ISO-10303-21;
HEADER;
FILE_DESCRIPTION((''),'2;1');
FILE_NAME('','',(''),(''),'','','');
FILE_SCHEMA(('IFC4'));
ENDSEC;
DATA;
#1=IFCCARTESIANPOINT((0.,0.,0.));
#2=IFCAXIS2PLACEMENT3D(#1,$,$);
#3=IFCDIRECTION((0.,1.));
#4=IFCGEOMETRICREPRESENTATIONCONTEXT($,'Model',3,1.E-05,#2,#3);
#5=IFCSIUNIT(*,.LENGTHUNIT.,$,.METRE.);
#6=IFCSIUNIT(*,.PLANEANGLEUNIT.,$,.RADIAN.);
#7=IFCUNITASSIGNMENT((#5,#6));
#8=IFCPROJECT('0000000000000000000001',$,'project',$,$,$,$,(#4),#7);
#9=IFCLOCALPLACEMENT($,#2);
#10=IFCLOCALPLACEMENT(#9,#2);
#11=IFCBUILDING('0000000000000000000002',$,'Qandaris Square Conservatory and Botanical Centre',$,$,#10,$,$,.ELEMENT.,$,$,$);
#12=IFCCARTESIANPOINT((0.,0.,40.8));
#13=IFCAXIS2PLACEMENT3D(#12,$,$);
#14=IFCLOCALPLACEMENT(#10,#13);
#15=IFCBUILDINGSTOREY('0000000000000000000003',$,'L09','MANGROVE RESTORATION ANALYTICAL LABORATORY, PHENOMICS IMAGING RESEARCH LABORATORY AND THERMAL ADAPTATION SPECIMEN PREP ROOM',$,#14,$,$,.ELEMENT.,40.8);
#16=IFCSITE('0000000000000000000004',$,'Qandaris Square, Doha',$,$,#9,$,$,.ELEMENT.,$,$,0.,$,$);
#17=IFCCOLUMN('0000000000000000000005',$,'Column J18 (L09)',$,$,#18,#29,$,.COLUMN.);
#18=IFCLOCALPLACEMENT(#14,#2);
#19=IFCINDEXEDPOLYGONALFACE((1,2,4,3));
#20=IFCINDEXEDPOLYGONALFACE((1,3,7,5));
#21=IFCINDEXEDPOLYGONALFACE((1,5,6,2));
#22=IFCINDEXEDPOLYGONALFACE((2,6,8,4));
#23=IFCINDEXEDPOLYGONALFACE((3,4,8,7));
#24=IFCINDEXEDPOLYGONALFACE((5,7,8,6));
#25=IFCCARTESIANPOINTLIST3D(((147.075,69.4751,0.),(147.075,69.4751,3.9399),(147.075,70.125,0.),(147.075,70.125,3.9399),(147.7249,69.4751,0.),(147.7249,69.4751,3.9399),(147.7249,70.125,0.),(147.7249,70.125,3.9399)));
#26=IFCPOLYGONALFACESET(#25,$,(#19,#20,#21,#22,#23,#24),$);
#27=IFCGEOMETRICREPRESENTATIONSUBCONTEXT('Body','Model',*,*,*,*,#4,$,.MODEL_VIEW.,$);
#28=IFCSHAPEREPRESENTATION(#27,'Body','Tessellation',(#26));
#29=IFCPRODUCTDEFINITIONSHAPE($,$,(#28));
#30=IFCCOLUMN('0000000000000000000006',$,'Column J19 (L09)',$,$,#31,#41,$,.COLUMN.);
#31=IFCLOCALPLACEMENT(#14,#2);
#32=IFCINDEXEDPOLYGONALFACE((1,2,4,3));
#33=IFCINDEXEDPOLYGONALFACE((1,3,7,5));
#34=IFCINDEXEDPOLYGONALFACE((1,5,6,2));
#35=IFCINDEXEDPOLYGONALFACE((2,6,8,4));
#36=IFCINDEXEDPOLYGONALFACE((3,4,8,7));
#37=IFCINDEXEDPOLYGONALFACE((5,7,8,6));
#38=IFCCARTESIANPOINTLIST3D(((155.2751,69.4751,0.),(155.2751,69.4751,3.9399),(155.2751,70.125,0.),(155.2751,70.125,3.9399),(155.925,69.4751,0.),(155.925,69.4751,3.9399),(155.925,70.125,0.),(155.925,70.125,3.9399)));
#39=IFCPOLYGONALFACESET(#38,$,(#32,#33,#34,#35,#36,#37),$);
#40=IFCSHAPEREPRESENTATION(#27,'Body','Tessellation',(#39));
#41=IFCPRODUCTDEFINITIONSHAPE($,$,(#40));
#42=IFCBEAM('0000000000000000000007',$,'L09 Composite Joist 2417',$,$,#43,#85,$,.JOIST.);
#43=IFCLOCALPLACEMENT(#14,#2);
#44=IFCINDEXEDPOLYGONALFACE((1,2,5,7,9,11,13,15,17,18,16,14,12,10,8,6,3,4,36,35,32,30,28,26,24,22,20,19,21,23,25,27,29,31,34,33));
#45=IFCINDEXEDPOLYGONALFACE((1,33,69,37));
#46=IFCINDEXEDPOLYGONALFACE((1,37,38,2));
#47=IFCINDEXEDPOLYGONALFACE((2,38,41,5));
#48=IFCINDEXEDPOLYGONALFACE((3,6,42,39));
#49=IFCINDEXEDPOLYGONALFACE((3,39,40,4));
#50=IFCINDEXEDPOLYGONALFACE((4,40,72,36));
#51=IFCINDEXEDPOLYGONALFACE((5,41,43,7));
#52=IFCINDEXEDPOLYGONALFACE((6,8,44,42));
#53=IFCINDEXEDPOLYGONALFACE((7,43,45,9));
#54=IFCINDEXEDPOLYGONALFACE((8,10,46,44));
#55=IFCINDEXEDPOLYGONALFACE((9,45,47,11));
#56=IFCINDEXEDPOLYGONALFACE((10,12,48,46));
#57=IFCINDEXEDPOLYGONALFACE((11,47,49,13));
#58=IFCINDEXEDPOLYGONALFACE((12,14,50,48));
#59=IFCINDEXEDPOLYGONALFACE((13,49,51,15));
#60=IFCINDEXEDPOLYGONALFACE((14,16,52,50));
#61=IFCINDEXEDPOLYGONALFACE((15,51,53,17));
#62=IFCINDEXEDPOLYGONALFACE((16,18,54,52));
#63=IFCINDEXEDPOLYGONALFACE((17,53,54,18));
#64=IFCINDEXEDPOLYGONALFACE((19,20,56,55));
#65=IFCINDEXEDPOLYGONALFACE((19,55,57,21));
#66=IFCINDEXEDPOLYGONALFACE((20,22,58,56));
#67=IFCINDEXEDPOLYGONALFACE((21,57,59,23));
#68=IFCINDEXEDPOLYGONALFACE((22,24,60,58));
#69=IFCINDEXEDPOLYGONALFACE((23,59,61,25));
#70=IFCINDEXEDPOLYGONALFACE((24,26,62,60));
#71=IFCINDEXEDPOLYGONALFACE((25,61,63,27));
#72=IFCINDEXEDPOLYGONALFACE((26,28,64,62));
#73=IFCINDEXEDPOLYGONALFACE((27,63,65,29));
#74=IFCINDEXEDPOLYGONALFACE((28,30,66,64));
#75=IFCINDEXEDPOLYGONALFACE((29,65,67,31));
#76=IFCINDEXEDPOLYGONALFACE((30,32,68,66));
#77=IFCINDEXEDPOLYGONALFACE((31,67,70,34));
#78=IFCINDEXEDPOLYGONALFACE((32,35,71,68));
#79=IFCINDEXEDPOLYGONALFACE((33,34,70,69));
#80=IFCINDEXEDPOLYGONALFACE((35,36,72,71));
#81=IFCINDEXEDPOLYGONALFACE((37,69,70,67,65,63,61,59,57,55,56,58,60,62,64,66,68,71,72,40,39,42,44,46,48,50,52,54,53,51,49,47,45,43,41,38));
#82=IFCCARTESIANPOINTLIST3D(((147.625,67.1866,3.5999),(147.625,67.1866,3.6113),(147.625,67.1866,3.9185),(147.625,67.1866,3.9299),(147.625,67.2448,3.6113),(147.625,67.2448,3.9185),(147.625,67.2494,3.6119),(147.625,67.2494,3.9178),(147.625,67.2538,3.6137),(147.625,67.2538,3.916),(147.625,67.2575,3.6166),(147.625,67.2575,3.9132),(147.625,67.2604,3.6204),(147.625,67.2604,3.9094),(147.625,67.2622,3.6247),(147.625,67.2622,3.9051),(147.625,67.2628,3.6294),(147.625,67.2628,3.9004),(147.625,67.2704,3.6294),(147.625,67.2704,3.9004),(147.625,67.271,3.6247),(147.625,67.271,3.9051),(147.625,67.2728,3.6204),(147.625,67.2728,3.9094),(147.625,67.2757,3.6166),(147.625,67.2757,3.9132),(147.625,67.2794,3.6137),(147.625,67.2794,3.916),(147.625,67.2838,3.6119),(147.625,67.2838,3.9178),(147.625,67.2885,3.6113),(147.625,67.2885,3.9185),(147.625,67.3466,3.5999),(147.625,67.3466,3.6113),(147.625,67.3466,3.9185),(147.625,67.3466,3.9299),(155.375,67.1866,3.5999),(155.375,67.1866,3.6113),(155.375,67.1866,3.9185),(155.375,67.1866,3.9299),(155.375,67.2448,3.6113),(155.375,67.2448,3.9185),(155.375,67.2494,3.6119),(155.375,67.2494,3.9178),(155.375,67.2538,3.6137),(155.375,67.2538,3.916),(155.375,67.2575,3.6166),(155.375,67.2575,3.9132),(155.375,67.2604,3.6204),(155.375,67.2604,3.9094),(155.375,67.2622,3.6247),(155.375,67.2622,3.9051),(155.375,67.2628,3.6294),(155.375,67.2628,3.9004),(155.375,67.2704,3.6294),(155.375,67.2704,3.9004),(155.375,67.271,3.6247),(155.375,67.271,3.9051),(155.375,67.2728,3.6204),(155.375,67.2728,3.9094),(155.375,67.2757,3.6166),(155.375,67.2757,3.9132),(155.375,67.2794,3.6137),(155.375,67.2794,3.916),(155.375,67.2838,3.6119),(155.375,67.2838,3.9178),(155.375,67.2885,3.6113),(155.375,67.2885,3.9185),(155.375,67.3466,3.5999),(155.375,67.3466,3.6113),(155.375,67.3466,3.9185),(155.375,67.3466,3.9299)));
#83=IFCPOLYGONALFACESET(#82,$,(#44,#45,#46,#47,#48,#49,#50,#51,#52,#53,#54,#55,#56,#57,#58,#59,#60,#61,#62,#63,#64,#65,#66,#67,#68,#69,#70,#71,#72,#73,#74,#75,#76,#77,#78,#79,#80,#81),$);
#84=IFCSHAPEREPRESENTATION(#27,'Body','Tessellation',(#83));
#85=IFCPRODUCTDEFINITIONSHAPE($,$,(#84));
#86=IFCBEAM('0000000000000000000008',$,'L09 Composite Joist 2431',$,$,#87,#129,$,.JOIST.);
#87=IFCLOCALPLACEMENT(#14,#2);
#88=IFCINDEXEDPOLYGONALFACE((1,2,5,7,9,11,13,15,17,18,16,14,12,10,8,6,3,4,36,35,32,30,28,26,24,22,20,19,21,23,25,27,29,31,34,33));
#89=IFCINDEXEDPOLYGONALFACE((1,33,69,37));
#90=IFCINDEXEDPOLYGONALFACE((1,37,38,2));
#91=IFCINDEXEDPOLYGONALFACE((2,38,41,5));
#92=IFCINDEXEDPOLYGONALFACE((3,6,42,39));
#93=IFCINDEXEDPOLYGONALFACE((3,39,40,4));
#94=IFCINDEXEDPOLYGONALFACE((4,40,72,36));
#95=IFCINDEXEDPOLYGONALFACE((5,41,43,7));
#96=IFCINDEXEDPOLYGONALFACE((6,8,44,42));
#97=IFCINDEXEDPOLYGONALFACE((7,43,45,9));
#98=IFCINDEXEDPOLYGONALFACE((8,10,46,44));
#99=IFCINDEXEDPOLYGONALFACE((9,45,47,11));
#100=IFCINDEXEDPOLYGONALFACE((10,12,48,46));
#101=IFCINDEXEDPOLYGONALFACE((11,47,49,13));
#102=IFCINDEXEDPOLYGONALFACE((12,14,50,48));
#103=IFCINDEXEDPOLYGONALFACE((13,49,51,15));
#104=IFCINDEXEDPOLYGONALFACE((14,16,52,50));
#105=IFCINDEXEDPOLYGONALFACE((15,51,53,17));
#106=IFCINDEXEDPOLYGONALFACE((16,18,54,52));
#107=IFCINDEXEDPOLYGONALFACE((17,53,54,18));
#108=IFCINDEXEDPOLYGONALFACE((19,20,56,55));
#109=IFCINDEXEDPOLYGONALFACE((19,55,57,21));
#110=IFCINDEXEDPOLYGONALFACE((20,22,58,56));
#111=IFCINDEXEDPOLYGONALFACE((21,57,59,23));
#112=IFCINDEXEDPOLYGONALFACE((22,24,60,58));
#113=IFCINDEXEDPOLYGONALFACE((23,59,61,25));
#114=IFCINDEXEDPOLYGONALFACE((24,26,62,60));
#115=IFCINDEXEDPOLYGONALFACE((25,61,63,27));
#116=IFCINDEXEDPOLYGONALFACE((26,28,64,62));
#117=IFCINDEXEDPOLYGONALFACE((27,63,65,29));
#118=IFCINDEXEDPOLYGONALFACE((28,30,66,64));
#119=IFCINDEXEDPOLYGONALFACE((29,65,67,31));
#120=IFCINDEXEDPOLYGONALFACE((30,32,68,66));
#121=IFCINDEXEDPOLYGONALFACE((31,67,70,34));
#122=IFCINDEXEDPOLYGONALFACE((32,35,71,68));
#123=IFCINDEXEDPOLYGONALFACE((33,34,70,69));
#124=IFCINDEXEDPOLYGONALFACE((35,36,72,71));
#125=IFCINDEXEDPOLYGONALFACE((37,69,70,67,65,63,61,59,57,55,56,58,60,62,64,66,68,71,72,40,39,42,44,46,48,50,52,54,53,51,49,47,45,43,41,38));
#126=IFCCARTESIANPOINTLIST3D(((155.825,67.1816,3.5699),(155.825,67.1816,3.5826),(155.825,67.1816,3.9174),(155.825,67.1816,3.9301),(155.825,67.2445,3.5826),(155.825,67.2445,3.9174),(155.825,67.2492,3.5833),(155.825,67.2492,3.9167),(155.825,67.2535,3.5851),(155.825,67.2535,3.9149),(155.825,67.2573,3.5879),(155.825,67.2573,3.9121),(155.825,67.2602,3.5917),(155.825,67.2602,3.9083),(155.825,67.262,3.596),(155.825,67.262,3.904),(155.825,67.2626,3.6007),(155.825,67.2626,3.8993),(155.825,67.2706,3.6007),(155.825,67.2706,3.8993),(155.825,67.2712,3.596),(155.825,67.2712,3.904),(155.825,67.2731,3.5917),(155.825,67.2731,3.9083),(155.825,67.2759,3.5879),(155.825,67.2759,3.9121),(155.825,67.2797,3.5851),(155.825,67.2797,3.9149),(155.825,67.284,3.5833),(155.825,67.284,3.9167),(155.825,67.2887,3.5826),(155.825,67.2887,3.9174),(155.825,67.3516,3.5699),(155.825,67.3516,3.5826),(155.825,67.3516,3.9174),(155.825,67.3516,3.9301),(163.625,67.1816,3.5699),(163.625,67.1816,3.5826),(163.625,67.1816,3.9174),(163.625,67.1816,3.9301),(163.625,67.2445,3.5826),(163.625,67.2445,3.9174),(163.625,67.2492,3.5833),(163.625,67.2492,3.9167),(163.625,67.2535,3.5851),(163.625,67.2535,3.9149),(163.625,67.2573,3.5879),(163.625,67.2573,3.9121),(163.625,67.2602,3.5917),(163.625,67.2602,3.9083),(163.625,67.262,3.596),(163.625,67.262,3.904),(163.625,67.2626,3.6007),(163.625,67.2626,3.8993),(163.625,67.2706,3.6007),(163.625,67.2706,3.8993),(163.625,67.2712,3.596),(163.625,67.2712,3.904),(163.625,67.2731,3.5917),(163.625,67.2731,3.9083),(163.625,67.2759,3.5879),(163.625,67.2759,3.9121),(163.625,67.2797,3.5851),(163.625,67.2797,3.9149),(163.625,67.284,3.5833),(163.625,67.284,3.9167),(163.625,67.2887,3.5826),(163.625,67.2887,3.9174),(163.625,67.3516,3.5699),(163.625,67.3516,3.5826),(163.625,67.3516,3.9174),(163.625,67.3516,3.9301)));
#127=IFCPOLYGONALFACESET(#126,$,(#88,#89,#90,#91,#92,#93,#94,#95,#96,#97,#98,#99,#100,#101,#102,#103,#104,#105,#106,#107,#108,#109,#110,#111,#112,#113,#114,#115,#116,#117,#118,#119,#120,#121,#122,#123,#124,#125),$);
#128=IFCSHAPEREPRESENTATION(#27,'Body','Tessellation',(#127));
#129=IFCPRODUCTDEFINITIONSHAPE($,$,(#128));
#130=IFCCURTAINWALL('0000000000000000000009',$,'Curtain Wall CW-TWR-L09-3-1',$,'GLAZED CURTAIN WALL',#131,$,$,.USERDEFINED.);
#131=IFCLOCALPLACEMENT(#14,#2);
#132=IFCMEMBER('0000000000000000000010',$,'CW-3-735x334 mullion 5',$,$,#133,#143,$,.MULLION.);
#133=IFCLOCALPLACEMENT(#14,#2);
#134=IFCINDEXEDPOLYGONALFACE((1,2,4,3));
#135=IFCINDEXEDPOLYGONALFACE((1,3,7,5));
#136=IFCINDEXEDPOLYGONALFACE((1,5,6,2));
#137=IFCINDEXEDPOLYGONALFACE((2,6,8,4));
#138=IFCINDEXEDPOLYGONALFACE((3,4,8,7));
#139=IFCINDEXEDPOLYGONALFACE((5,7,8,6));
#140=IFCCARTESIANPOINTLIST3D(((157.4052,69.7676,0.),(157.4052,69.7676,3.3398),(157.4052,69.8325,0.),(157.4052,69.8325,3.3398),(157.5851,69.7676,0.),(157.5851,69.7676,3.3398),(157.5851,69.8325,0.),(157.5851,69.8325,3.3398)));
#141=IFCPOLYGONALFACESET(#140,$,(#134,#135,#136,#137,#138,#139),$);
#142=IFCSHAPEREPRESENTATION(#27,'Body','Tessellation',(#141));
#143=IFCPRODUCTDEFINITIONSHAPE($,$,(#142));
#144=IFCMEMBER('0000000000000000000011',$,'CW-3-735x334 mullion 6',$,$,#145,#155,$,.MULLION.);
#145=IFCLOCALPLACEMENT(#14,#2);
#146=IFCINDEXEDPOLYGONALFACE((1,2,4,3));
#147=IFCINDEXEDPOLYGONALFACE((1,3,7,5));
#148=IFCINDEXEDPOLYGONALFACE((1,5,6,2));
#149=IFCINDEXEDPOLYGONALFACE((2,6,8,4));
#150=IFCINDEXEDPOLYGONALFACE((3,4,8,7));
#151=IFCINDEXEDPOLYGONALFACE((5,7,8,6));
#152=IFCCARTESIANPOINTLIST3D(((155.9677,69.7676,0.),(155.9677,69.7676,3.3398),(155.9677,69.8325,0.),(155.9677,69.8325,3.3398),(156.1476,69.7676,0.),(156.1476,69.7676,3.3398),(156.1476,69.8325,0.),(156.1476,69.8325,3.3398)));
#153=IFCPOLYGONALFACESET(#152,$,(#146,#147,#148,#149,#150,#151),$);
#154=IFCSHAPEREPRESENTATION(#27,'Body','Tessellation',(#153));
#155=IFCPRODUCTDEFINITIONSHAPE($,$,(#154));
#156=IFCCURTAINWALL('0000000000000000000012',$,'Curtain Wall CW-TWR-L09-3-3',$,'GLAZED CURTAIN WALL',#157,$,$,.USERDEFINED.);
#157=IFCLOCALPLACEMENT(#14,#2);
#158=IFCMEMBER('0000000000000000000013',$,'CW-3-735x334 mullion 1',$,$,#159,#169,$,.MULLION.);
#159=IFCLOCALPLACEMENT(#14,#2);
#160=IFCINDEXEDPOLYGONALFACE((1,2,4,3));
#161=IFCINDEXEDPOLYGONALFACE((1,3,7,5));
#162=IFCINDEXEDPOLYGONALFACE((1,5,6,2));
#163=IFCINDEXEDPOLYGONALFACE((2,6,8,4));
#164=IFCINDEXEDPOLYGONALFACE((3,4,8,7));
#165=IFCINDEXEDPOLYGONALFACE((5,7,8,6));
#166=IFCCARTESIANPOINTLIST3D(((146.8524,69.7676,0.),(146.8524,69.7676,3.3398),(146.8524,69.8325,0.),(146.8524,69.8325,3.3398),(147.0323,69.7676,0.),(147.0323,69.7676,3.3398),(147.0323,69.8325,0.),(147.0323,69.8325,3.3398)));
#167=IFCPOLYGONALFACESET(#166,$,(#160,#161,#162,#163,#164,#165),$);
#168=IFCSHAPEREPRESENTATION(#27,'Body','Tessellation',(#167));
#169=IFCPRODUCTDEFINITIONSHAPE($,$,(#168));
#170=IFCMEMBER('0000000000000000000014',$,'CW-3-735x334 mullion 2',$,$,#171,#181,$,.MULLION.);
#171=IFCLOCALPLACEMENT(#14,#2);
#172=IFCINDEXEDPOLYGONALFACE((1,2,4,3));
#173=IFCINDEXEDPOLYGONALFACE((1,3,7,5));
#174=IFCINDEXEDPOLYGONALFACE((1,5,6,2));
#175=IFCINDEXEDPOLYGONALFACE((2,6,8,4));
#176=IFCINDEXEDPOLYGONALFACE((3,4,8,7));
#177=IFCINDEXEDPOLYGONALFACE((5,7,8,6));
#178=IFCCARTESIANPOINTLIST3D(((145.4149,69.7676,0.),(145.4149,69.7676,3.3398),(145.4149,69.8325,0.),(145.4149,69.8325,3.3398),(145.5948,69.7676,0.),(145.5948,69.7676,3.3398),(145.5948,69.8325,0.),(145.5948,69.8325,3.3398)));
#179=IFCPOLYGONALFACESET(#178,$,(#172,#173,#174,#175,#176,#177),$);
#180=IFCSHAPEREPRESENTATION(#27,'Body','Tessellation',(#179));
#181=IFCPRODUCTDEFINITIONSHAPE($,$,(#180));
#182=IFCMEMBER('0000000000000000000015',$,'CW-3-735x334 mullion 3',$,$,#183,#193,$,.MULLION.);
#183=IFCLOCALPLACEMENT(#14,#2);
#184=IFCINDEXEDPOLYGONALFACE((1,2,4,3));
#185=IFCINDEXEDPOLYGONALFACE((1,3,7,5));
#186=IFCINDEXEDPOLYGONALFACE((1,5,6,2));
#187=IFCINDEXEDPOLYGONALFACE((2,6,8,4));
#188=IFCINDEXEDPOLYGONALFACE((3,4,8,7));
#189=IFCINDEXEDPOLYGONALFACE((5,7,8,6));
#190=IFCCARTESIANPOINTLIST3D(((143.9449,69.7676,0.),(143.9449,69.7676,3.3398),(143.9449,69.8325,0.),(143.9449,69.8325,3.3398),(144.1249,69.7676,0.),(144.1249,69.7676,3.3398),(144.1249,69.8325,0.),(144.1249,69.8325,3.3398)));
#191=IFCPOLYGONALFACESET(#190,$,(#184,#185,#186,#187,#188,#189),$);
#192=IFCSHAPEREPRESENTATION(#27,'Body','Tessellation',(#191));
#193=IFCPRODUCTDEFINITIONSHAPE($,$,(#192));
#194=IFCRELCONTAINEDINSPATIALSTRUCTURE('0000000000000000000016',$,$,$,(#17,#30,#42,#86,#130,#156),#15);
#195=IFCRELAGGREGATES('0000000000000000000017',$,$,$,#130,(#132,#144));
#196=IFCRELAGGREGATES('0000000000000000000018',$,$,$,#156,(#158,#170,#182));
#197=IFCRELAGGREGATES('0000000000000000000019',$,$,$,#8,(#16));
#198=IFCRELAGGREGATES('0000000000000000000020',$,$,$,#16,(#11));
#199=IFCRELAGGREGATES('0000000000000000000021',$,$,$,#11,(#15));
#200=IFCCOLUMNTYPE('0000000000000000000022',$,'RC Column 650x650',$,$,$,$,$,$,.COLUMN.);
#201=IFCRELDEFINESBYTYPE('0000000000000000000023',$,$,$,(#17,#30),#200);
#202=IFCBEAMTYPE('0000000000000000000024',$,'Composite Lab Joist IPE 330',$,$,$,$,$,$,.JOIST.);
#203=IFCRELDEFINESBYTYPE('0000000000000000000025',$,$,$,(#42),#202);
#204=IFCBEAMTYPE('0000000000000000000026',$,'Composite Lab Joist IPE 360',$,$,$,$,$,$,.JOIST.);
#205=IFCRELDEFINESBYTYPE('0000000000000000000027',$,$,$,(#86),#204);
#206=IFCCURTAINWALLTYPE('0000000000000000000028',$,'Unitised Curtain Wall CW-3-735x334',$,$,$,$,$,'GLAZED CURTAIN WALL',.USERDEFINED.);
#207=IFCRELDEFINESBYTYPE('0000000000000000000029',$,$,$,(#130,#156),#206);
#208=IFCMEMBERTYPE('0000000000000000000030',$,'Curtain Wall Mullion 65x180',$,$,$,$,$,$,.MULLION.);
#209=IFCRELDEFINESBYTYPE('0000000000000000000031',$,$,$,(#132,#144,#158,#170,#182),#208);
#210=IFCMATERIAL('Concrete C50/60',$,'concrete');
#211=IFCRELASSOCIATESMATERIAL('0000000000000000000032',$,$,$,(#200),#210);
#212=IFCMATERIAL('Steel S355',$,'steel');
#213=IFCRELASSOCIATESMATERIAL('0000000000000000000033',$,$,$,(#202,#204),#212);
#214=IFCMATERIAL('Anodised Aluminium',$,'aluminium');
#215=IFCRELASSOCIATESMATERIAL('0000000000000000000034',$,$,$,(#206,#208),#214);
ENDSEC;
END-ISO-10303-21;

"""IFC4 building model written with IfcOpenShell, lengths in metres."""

from ifc_helpers import new_model, si_unit, direction, frame, origin, origin_2d, place, context, subcontext, project, spatial, rectangle, i_section, extrude, material, material_profile, profile_set, type_object, element, aggregate, save


model = new_model("IFC4")

# Units and contexts
model_context = context("Model", 3, precision=1e-05, world=origin(), true_north=direction((0.0, 1.0)))
body_context = subcontext(model_context, "Body", "Model", "MODEL_VIEW")
ifc_project = project(units=[si_unit("LENGTHUNIT", "METRE"), si_unit("PLANEANGLEUNIT", "RADIAN")], contexts=[model_context])

# Site, building, storey
site_placement = place(None, origin())
site = spatial("IfcSite", under=ifc_project, at=site_placement, Name="Qandaris Square, Doha", CompositionType="ELEMENT", RefElevation=0.0)
building_placement = place(site_placement, origin())
building = spatial("IfcBuilding", under=site, at=building_placement, Name="Qandaris Square Conservatory and Botanical Centre", CompositionType="ELEMENT")
storey_placement = place(building_placement, frame((0.0, 0.0, 40.8)))
storey = spatial("IfcBuildingStorey", under=building, at=storey_placement, Name="L09", Description="MANGROVE RESTORATION ANALYTICAL LABORATORY, PHENOMICS IMAGING RESEARCH LABORATORY AND THERMAL ADAPTATION SPECIMEN PREP ROOM", CompositionType="ELEMENT", Elevation=40.8)

# Columns
ifc_material_1 = material(Name="Concrete C50/60", Category="concrete")
ifc_material_profile_1 = material_profile(ifc_material_1, rectangle(XDim=0.6499, YDim=0.6499, at=origin_2d()), Name="RC-COL 650x650")
ifc_profile_set_1 = profile_set([ifc_material_profile_1], Name="Concrete C50/60")
column_type = type_object("IfcColumnType", Name="RC Column 650x650", PredefinedType="COLUMN", material=ifc_profile_set_1)
for number, where, z_axis, x_axis, name in (
    (1, (147.3999, 69.8, 0.0), (0.0, 0.0, 1.0), (1.0, 0.0, 0.0), "Column J18 (L09)"),
    (2, (155.6001, 69.8, 0.0), (0.0, 0.0, 1.0), (1.0, 0.0, 0.0), "Column J19 (L09)"),
):
    element("IfcColumn", number, at=place(storey_placement, frame(where, z_axis=z_axis, x_axis=x_axis)), inside=storey, type_object=column_type, Name=name, PredefinedType="COLUMN", context=body_context, shape_type="SweptSolid", body=[
        extrude(rectangle(XDim=0.6499, YDim=0.6499, at=origin_2d()), origin(), (0.0, 0.0, 1.0), 3.9399),
    ])

# Beams
ifc_material_2 = material(Name="Steel S355", Category="steel")
ifc_material_profile_2 = material_profile(ifc_material_2, i_section(OverallWidth=0.1599, OverallDepth=0.3301, WebThickness=0.0076, FlangeThickness=0.0115, FilletRadius=0.0181, at=origin_2d()), Name="IPE 330")
ifc_profile_set_2 = profile_set([ifc_material_profile_2], Name="Steel S355")
beam_type_1 = type_object("IfcBeamType", Name="Composite Lab Joist IPE 330", PredefinedType="JOIST", material=ifc_profile_set_2)
beam_1_placement = place(storey_placement, frame((147.625, 67.2666, 3.7649), z_axis=(1.0, 0.0, 0.0), x_axis=(0.0, 1.0, 0.0)))
element("IfcBeam", 3, at=beam_1_placement, inside=storey, type_object=beam_type_1, Name="L09 Composite Joist 2417", PredefinedType="JOIST", context=body_context, shape_type="SweptSolid", body=[
    extrude(i_section(OverallWidth=0.1599, OverallDepth=0.3301, WebThickness=0.0076, FlangeThickness=0.0115, FilletRadius=0.0181, at=origin_2d()), origin(), (0.0, 0.0, 1.0), 7.75),
])
ifc_material_profile_3 = material_profile(ifc_material_2, i_section(OverallWidth=0.1699, OverallDepth=0.3601, WebThickness=0.0081, FlangeThickness=0.0127, FilletRadius=0.0181, at=origin_2d()), Name="IPE 360")
ifc_profile_set_3 = profile_set([ifc_material_profile_3], Name="Steel S355")
beam_type_2 = type_object("IfcBeamType", Name="Composite Lab Joist IPE 360", PredefinedType="JOIST", material=ifc_profile_set_3)
beam_2_placement = place(storey_placement, frame((155.825, 67.2666, 3.75), z_axis=(1.0, 0.0, 0.0), x_axis=(0.0, 1.0, 0.0)))
element("IfcBeam", 4, at=beam_2_placement, inside=storey, type_object=beam_type_2, Name="L09 Composite Joist 2431", PredefinedType="JOIST", context=body_context, shape_type="SweptSolid", body=[
    extrude(i_section(OverallWidth=0.1699, OverallDepth=0.3601, WebThickness=0.0081, FlangeThickness=0.0127, FilletRadius=0.0181, at=origin_2d()), origin(), (0.0, 0.0, 1.0), 7.8),
])

# Curtain walls, members
ifc_material_3 = material(Name="Anodised Aluminium", Category="aluminium")
curtain_wall_type = type_object("IfcCurtainWallType", Name="Unitised Curtain Wall CW-3-735x334", ElementType="GLAZED CURTAIN WALL", PredefinedType="USERDEFINED", material=ifc_material_3)
curtain_wall_1_placement = place(storey_placement, origin())
curtain_wall_1 = element("IfcCurtainWall", 5, at=curtain_wall_1_placement, inside=storey, type_object=curtain_wall_type, Name="Curtain Wall CW-TWR-L09-3-1", ObjectType="GLAZED CURTAIN WALL", PredefinedType="USERDEFINED")
ifc_material_profile_4 = material_profile(ifc_material_3, rectangle(XDim=0.0649, YDim=0.1799, at=origin_2d()), Name="ALU-MUL 65x180")
ifc_profile_set_4 = profile_set([ifc_material_profile_4], Name="Anodised Aluminium")
member_type_1 = type_object("IfcMemberType", Name="Curtain Wall Mullion 65x180", PredefinedType="MULLION", material=ifc_profile_set_4)
member_1_placement = place(storey_placement, frame((157.4951, 69.8, 0.0), z_axis=(0.0, 0.0, 1.0), x_axis=(0.0, -1.0, 0.0)))
member_1 = element("IfcMember", 6, at=member_1_placement, type_object=member_type_1, Name="CW-3-735x334 mullion 5", PredefinedType="MULLION", context=body_context, shape_type="SweptSolid", body=[
    extrude(rectangle(XDim=0.0649, YDim=0.1799, at=origin_2d()), origin(), (0.0, 0.0, 1.0), 3.3398),
])
member_2_placement = place(storey_placement, frame((156.0576, 69.8, 0.0), z_axis=(0.0, 0.0, 1.0), x_axis=(0.0, -1.0, 0.0)))
member_2 = element("IfcMember", 7, at=member_2_placement, type_object=member_type_1, Name="CW-3-735x334 mullion 6", PredefinedType="MULLION", context=body_context, shape_type="SweptSolid", body=[
    extrude(rectangle(XDim=0.0649, YDim=0.1799, at=origin_2d()), origin(), (0.0, 0.0, 1.0), 3.3398),
])
curtain_wall_2_placement = place(storey_placement, origin())
curtain_wall_2 = element("IfcCurtainWall", 8, at=curtain_wall_2_placement, inside=storey, type_object=curtain_wall_type, Name="Curtain Wall CW-TWR-L09-3-3", ObjectType="GLAZED CURTAIN WALL", PredefinedType="USERDEFINED")
member_3_placement = place(storey_placement, frame((146.9424, 69.8, 0.0), z_axis=(0.0, 0.0, 1.0), x_axis=(0.0, -1.0, 0.0)))
member_3 = element("IfcMember", 9, at=member_3_placement, type_object=member_type_1, Name="CW-3-735x334 mullion 1", PredefinedType="MULLION", context=body_context, shape_type="SweptSolid", body=[
    extrude(rectangle(XDim=0.0649, YDim=0.1799, at=origin_2d()), origin(), (0.0, 0.0, 1.0), 3.3398),
])
member_4_placement = place(storey_placement, frame((145.5049, 69.8, 0.0), z_axis=(0.0, 0.0, 1.0), x_axis=(0.0, -1.0, 0.0)))
member_4 = element("IfcMember", 10, at=member_4_placement, type_object=member_type_1, Name="CW-3-735x334 mullion 2", PredefinedType="MULLION", context=body_context, shape_type="SweptSolid", body=[
    extrude(rectangle(XDim=0.0649, YDim=0.1799, at=origin_2d()), origin(), (0.0, 0.0, 1.0), 3.3398),
])
member_5_placement = place(storey_placement, frame((144.0349, 69.8, 0.0), z_axis=(0.0, 0.0, 1.0), x_axis=(0.0, -1.0, 0.0)))
member_5 = element("IfcMember", 11, at=member_5_placement, type_object=member_type_1, Name="CW-3-735x334 mullion 3", PredefinedType="MULLION", context=body_context, shape_type="SweptSolid", body=[
    extrude(rectangle(XDim=0.0649, YDim=0.1799, at=origin_2d()), origin(), (0.0, 0.0, 1.0), 3.3398),
])

aggregate(curtain_wall_1, [member_1, member_2])
aggregate(curtain_wall_2, [member_3, member_4, member_5])

save(model, "model.ifc")
